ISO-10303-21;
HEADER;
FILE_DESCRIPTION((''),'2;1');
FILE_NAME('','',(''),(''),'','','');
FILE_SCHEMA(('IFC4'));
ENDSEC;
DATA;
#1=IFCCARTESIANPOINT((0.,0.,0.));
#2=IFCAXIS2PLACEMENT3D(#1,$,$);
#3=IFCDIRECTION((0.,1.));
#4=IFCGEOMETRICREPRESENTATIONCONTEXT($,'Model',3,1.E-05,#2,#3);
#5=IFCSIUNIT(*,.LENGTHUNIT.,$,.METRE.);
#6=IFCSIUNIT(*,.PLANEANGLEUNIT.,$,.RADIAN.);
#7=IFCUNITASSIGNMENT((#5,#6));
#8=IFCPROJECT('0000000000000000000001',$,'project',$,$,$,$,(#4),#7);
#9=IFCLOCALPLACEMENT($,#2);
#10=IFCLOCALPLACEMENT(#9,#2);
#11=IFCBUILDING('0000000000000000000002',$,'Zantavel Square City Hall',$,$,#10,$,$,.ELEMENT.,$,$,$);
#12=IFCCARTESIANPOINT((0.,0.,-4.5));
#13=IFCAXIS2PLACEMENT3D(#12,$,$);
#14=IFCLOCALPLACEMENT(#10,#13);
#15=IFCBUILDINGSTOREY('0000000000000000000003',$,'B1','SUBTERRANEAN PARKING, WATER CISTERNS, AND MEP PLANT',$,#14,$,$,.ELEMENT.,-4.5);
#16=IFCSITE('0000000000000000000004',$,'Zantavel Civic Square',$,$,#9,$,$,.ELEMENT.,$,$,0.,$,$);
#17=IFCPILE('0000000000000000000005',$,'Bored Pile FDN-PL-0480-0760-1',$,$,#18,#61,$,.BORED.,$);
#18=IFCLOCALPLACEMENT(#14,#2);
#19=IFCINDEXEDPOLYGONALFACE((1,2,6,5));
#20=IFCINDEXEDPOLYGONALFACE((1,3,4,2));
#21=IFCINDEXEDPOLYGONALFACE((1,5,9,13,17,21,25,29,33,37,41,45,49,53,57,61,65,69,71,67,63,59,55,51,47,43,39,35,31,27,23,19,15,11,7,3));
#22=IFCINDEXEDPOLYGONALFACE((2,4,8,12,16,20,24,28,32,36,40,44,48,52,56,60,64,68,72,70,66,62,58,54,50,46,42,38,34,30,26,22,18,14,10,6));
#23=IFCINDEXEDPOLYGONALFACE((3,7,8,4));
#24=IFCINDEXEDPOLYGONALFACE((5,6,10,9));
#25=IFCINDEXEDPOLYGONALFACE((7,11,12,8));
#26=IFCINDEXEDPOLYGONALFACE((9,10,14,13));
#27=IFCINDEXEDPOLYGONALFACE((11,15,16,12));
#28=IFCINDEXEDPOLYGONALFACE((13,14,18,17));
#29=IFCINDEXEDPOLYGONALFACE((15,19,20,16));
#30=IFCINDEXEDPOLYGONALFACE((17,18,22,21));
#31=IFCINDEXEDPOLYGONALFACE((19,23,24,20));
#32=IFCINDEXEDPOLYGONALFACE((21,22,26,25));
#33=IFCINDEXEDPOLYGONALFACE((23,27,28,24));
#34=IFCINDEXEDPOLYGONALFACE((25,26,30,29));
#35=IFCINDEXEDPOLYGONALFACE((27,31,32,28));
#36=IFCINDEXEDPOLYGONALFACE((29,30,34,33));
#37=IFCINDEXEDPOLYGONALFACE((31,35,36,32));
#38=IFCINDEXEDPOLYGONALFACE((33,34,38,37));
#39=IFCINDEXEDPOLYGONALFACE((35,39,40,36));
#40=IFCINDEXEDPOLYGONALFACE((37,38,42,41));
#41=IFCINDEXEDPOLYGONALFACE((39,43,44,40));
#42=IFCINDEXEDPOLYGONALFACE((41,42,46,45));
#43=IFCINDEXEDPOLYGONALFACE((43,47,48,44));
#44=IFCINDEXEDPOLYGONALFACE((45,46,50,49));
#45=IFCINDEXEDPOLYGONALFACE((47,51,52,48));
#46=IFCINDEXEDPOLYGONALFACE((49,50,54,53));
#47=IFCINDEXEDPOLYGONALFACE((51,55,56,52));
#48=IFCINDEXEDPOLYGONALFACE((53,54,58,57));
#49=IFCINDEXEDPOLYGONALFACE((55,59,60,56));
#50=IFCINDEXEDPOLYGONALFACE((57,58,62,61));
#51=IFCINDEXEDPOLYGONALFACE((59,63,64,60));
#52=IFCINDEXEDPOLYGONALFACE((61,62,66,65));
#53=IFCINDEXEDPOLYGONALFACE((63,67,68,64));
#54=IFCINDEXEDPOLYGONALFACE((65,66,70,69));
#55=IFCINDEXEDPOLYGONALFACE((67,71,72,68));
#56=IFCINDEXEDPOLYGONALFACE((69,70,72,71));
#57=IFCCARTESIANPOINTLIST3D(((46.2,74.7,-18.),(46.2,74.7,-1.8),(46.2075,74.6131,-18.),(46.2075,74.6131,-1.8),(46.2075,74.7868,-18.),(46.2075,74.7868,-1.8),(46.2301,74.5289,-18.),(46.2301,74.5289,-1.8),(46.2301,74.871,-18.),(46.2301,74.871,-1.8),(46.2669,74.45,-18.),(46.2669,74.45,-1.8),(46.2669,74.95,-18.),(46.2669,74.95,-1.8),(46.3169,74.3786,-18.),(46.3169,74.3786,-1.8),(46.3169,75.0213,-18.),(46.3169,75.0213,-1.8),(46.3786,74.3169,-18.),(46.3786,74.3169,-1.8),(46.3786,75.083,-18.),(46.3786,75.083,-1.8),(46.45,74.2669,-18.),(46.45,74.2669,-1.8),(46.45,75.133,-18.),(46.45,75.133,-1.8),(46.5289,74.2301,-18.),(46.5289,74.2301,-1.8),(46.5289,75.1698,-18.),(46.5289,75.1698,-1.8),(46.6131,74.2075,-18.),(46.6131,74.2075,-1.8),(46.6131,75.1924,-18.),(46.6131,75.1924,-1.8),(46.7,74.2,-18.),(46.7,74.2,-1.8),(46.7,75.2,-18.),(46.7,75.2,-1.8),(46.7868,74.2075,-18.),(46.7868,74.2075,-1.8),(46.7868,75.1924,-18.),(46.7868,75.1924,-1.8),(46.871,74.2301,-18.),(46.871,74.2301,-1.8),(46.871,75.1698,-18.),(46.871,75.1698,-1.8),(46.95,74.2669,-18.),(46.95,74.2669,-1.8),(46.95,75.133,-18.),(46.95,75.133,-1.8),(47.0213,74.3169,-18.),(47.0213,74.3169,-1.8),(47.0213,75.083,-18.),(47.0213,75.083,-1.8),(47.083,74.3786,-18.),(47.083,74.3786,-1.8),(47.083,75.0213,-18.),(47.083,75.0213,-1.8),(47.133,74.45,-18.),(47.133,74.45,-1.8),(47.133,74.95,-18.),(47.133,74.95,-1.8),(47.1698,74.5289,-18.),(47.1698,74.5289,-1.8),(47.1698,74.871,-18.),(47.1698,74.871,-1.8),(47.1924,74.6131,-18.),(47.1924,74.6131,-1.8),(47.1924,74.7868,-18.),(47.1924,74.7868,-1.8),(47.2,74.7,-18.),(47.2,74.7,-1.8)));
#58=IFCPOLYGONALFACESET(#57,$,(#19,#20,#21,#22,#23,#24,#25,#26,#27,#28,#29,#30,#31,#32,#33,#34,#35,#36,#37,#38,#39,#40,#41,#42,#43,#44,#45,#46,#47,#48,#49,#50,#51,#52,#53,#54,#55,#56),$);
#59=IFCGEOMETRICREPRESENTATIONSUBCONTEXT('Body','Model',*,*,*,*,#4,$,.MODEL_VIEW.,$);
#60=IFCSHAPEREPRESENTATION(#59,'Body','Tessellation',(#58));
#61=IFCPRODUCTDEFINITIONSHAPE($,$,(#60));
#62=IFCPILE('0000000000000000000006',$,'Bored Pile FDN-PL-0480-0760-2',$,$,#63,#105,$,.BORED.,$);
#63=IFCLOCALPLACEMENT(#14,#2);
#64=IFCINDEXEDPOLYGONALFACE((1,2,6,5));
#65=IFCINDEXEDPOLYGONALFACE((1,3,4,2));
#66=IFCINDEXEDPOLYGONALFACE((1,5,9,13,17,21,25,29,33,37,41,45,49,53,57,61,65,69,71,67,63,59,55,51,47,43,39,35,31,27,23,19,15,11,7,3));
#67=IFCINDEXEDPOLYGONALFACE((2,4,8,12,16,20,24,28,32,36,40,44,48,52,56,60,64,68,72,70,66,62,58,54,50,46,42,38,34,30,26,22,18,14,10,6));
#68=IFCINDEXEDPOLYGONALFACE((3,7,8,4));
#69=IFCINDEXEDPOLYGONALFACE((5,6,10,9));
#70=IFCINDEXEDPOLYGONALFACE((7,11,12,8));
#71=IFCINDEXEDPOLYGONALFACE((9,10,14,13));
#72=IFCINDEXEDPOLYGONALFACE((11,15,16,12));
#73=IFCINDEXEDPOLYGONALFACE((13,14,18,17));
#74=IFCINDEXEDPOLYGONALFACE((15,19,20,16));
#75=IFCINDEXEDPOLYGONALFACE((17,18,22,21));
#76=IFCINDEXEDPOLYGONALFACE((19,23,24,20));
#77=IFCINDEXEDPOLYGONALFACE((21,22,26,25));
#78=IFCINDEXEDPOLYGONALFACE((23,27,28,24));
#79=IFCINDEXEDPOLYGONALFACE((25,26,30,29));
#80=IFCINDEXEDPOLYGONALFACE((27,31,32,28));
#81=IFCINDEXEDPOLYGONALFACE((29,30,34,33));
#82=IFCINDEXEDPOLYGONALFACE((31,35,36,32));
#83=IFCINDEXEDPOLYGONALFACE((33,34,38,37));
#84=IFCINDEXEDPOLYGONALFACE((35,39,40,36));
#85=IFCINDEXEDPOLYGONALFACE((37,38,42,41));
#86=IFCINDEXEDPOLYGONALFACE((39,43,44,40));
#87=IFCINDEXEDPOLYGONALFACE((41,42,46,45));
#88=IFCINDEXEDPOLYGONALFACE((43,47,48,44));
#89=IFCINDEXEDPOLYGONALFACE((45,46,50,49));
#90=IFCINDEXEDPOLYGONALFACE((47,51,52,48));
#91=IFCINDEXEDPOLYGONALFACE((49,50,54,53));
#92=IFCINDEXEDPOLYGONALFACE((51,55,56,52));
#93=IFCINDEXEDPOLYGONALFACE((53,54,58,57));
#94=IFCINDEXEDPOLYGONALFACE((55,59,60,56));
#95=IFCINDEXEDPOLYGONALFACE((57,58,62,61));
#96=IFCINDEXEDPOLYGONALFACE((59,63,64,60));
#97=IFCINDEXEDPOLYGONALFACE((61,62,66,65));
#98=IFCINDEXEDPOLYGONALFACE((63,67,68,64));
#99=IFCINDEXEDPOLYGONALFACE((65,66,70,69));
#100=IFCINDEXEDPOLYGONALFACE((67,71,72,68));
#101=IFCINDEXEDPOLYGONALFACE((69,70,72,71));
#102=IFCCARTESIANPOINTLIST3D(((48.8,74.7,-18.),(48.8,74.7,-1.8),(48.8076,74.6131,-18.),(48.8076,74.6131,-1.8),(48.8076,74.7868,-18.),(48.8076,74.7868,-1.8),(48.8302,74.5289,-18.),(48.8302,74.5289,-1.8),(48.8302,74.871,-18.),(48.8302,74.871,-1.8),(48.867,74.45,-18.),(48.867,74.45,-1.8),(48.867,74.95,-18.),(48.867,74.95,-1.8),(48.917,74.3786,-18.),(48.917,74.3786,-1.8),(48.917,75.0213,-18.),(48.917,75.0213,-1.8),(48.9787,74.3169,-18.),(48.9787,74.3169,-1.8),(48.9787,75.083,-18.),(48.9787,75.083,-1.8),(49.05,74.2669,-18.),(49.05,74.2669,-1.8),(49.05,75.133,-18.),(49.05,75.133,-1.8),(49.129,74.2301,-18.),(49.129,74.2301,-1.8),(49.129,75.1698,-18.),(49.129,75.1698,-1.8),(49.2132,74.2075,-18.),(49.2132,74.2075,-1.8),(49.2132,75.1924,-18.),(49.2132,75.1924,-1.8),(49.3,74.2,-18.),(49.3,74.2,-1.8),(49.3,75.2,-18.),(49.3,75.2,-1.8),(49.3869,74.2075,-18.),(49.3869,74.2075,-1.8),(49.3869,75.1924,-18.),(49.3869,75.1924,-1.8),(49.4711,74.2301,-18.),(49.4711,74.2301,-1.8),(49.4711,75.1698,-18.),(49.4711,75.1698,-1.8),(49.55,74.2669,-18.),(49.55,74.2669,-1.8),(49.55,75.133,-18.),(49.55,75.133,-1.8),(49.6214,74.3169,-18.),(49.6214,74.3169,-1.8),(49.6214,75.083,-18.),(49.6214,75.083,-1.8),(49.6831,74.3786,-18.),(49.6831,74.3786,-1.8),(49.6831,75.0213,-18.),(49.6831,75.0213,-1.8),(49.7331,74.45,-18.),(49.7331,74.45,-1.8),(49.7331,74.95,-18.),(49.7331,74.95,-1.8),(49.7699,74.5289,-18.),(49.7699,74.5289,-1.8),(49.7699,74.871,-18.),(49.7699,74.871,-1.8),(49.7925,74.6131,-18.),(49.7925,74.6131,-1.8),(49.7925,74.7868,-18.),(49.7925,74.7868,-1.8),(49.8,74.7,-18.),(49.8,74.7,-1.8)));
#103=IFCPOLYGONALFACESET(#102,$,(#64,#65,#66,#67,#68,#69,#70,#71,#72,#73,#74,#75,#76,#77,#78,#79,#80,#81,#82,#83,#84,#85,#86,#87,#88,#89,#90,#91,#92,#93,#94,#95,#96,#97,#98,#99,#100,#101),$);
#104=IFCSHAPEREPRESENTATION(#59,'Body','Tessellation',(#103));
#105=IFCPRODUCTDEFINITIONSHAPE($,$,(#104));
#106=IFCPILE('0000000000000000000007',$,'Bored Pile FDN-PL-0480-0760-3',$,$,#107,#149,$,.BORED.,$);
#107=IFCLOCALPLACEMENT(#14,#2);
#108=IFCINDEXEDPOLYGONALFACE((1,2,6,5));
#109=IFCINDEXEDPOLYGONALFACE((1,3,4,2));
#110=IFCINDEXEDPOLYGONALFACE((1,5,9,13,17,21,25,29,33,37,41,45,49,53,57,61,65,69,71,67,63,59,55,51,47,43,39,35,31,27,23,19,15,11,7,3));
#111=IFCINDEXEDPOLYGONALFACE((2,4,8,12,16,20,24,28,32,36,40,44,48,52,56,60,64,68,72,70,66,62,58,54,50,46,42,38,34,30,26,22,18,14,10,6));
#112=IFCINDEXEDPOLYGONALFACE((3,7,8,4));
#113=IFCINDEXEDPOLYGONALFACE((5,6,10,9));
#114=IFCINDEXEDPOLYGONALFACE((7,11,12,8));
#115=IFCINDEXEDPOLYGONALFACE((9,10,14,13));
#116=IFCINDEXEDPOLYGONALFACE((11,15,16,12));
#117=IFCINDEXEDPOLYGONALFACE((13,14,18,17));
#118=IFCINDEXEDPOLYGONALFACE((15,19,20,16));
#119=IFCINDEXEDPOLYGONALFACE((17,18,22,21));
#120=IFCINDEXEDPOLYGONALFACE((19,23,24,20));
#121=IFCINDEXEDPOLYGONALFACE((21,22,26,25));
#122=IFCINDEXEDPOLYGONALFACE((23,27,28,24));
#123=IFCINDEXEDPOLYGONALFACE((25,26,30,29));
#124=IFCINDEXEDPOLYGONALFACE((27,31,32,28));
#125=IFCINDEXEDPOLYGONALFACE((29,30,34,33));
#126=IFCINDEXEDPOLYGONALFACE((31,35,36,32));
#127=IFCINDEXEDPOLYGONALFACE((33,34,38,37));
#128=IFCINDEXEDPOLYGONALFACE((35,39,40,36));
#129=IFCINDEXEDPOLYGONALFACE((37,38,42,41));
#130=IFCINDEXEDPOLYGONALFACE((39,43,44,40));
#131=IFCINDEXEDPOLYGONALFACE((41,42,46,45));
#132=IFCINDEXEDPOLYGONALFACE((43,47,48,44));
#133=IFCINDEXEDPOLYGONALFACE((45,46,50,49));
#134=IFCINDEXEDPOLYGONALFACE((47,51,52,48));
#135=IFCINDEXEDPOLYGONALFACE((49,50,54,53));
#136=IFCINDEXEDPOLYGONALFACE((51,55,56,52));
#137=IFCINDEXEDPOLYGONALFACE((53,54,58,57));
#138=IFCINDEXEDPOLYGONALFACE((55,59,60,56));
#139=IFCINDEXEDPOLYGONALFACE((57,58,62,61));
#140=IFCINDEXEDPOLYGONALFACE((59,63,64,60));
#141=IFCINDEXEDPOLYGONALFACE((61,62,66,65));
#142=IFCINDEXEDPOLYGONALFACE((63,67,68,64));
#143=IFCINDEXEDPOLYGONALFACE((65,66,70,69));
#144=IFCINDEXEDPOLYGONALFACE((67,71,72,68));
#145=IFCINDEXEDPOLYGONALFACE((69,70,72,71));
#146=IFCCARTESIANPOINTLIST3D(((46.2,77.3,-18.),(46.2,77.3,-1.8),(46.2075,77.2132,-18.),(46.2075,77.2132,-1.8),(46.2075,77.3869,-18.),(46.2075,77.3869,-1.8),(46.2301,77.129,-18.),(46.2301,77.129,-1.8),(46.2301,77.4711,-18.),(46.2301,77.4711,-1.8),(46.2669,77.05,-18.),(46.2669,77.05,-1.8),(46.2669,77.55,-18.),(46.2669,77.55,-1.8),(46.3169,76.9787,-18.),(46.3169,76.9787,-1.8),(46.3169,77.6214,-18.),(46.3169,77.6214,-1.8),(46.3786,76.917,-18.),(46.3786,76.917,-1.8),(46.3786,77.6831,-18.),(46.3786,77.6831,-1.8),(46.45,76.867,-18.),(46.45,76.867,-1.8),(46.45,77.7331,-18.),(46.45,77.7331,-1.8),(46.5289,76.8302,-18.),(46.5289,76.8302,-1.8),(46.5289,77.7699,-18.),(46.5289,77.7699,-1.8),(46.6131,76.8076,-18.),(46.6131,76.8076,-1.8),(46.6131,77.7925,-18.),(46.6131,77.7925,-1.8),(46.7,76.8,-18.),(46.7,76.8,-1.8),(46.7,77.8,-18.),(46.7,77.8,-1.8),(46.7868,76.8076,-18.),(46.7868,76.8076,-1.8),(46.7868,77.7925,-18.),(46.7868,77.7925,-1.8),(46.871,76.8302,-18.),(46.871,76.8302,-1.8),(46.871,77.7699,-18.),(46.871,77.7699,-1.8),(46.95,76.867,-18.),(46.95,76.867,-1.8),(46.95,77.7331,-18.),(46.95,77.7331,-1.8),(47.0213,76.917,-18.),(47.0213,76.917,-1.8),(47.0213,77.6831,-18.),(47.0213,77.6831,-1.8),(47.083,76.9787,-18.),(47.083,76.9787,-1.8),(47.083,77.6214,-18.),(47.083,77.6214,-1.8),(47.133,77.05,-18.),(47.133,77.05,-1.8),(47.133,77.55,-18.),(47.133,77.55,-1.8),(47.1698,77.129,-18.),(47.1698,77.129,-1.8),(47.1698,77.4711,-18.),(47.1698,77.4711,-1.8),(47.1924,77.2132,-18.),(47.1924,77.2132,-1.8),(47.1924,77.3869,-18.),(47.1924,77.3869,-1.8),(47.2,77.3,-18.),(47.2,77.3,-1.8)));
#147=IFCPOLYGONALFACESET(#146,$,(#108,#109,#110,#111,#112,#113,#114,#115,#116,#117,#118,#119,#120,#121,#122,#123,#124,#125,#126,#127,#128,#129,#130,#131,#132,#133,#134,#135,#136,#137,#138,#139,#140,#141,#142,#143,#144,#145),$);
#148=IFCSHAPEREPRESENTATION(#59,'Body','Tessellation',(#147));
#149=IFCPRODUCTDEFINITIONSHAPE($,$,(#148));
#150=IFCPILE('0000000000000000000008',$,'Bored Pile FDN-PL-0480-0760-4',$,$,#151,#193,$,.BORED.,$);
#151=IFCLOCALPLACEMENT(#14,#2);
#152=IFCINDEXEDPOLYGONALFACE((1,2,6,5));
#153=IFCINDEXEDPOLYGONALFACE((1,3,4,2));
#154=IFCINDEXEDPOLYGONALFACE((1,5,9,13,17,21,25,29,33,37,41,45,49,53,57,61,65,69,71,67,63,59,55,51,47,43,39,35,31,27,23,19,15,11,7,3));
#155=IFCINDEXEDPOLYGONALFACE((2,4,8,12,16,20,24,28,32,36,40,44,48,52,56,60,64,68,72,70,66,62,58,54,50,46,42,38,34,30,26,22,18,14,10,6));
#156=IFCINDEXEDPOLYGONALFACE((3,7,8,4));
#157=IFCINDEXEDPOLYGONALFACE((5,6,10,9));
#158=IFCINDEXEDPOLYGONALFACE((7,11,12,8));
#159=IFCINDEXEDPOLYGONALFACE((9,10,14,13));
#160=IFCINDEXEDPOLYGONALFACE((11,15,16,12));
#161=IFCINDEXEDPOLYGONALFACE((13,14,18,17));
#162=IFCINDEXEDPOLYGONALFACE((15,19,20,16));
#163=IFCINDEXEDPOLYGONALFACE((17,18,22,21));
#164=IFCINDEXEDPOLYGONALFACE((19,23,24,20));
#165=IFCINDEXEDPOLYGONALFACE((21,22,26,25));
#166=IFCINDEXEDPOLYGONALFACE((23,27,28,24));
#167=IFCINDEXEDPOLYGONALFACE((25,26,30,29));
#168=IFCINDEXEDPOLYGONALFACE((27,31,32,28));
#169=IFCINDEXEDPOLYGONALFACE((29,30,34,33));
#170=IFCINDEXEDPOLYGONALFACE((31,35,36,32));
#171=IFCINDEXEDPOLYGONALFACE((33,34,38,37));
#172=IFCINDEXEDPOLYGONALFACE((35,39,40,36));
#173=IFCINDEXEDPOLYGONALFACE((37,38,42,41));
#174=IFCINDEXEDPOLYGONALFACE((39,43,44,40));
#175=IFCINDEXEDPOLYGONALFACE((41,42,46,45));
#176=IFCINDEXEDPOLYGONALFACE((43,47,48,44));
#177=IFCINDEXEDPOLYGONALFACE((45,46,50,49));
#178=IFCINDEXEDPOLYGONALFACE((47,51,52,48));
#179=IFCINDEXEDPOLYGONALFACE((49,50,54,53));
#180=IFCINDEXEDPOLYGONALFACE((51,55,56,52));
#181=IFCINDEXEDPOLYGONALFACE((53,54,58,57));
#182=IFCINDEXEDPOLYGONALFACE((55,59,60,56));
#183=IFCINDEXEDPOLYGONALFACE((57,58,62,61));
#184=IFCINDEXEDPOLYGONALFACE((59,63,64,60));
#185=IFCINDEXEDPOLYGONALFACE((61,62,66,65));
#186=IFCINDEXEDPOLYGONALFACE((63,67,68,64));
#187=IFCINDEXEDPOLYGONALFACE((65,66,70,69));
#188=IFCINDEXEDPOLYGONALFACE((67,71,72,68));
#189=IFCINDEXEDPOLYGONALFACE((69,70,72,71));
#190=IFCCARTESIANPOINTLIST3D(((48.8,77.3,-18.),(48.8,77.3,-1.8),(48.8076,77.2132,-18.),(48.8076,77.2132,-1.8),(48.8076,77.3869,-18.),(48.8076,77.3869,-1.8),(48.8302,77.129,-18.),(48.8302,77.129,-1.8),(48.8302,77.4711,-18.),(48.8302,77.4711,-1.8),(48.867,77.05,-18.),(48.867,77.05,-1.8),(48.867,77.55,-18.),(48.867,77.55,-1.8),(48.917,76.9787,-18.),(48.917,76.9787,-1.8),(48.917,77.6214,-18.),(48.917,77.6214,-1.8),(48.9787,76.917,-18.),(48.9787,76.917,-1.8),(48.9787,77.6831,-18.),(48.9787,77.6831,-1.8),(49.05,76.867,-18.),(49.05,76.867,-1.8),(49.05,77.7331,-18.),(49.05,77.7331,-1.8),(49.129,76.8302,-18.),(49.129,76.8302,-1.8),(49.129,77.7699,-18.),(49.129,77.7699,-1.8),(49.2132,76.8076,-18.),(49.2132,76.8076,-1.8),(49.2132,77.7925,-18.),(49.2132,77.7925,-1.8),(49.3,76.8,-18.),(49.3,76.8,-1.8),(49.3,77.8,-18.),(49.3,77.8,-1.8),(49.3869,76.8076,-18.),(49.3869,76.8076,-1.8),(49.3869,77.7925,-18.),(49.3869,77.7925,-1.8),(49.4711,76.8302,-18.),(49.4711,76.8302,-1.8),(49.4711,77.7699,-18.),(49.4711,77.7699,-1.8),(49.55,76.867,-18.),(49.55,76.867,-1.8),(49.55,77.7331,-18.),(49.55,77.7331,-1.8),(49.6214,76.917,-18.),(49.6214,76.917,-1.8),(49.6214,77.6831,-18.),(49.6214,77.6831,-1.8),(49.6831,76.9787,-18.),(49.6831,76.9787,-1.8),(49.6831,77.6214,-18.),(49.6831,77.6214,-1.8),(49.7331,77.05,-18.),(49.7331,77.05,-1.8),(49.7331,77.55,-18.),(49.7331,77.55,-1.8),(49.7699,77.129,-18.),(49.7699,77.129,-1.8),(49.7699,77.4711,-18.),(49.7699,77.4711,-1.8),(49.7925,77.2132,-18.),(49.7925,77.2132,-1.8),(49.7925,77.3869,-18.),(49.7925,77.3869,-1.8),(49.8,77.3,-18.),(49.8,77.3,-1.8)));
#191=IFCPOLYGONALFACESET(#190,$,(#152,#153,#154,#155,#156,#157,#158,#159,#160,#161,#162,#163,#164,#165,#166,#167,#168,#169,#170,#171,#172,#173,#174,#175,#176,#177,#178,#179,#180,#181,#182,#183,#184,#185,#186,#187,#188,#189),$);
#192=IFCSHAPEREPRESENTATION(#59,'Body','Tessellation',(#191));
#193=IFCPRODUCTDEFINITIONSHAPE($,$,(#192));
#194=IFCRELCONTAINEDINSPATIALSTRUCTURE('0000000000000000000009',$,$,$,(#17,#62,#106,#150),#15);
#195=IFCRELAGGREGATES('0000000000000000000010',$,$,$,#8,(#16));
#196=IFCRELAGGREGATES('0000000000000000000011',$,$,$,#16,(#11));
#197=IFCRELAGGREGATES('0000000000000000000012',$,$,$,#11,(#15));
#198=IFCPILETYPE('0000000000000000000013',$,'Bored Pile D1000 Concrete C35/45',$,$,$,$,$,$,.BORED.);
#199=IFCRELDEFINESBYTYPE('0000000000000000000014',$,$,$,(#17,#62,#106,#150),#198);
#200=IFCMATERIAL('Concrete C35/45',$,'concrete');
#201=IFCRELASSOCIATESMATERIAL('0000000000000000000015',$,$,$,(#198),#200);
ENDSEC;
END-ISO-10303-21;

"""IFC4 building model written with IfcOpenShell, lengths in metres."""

from ifc_helpers import new_model, si_unit, direction, frame, origin, origin_2d, place, context, subcontext, project, spatial, circle, extrude, material, material_profile, profile_set, type_object, element, save


model = new_model("IFC4")

# Units and contexts
model_context = context("Model", 3, precision=1e-05, world=origin(), true_north=direction((0.0, 1.0)))
body_context = subcontext(model_context, "Body", "Model", "MODEL_VIEW")
ifc_project = project(units=[si_unit("LENGTHUNIT", "METRE"), si_unit("PLANEANGLEUNIT", "RADIAN")], contexts=[model_context])

# Site, building, storey
site_placement = place(None, origin())
site = spatial("IfcSite", under=ifc_project, at=site_placement, Name="Zantavel Civic Square", CompositionType="ELEMENT", RefElevation=0.0)
building_placement = place(site_placement, origin())
building = spatial("IfcBuilding", under=site, at=building_placement, Name="Zantavel Square City Hall", CompositionType="ELEMENT")
storey_placement = place(building_placement, frame((0.0, 0.0, -4.5)))
storey = spatial("IfcBuildingStorey", under=building, at=storey_placement, Name="B1", Description="SUBTERRANEAN PARKING, WATER CISTERNS, AND MEP PLANT", CompositionType="ELEMENT", Elevation=-4.5)

# Piles
ifc_material_1 = material(Name="Concrete C35/45", Category="concrete")
ifc_material_profile_1 = material_profile(ifc_material_1, circle(Radius=0.5, at=origin_2d()), Name="PILE D1000")
ifc_profile_set_1 = profile_set([ifc_material_profile_1], Name="Concrete C35/45")
pile_type_1 = type_object("IfcPileType", Name="Bored Pile D1000 Concrete C35/45", PredefinedType="BORED", material=ifc_profile_set_1)
for number, where, z_axis, x_axis, name in (
    (1, (46.7, 74.7, -1.8), (0.0, 0.0, -1.0), (1.0, 0.0, 0.0), "Bored Pile FDN-PL-0480-0760-1"),
    (2, (49.3, 74.7, -1.8), (0.0, 0.0, -1.0), (1.0, 0.0, 0.0), "Bored Pile FDN-PL-0480-0760-2"),
    (3, (46.7, 77.3, -1.8), (0.0, 0.0, -1.0), (1.0, 0.0, 0.0), "Bored Pile FDN-PL-0480-0760-3"),
    (4, (49.3, 77.3, -1.8), (0.0, 0.0, -1.0), (1.0, 0.0, 0.0), "Bored Pile FDN-PL-0480-0760-4"),
):
    element("IfcPile", number, at=place(storey_placement, frame(where, z_axis=z_axis, x_axis=x_axis)), inside=storey, type_object=pile_type_1, Name=name, PredefinedType="BORED", context=body_context, shape_type="SweptSolid", body=[
        extrude(circle(Radius=0.5, at=origin_2d()), origin(), (0.0, 0.0, 1.0), 16.2),
    ])

save(model, "model.ifc")
